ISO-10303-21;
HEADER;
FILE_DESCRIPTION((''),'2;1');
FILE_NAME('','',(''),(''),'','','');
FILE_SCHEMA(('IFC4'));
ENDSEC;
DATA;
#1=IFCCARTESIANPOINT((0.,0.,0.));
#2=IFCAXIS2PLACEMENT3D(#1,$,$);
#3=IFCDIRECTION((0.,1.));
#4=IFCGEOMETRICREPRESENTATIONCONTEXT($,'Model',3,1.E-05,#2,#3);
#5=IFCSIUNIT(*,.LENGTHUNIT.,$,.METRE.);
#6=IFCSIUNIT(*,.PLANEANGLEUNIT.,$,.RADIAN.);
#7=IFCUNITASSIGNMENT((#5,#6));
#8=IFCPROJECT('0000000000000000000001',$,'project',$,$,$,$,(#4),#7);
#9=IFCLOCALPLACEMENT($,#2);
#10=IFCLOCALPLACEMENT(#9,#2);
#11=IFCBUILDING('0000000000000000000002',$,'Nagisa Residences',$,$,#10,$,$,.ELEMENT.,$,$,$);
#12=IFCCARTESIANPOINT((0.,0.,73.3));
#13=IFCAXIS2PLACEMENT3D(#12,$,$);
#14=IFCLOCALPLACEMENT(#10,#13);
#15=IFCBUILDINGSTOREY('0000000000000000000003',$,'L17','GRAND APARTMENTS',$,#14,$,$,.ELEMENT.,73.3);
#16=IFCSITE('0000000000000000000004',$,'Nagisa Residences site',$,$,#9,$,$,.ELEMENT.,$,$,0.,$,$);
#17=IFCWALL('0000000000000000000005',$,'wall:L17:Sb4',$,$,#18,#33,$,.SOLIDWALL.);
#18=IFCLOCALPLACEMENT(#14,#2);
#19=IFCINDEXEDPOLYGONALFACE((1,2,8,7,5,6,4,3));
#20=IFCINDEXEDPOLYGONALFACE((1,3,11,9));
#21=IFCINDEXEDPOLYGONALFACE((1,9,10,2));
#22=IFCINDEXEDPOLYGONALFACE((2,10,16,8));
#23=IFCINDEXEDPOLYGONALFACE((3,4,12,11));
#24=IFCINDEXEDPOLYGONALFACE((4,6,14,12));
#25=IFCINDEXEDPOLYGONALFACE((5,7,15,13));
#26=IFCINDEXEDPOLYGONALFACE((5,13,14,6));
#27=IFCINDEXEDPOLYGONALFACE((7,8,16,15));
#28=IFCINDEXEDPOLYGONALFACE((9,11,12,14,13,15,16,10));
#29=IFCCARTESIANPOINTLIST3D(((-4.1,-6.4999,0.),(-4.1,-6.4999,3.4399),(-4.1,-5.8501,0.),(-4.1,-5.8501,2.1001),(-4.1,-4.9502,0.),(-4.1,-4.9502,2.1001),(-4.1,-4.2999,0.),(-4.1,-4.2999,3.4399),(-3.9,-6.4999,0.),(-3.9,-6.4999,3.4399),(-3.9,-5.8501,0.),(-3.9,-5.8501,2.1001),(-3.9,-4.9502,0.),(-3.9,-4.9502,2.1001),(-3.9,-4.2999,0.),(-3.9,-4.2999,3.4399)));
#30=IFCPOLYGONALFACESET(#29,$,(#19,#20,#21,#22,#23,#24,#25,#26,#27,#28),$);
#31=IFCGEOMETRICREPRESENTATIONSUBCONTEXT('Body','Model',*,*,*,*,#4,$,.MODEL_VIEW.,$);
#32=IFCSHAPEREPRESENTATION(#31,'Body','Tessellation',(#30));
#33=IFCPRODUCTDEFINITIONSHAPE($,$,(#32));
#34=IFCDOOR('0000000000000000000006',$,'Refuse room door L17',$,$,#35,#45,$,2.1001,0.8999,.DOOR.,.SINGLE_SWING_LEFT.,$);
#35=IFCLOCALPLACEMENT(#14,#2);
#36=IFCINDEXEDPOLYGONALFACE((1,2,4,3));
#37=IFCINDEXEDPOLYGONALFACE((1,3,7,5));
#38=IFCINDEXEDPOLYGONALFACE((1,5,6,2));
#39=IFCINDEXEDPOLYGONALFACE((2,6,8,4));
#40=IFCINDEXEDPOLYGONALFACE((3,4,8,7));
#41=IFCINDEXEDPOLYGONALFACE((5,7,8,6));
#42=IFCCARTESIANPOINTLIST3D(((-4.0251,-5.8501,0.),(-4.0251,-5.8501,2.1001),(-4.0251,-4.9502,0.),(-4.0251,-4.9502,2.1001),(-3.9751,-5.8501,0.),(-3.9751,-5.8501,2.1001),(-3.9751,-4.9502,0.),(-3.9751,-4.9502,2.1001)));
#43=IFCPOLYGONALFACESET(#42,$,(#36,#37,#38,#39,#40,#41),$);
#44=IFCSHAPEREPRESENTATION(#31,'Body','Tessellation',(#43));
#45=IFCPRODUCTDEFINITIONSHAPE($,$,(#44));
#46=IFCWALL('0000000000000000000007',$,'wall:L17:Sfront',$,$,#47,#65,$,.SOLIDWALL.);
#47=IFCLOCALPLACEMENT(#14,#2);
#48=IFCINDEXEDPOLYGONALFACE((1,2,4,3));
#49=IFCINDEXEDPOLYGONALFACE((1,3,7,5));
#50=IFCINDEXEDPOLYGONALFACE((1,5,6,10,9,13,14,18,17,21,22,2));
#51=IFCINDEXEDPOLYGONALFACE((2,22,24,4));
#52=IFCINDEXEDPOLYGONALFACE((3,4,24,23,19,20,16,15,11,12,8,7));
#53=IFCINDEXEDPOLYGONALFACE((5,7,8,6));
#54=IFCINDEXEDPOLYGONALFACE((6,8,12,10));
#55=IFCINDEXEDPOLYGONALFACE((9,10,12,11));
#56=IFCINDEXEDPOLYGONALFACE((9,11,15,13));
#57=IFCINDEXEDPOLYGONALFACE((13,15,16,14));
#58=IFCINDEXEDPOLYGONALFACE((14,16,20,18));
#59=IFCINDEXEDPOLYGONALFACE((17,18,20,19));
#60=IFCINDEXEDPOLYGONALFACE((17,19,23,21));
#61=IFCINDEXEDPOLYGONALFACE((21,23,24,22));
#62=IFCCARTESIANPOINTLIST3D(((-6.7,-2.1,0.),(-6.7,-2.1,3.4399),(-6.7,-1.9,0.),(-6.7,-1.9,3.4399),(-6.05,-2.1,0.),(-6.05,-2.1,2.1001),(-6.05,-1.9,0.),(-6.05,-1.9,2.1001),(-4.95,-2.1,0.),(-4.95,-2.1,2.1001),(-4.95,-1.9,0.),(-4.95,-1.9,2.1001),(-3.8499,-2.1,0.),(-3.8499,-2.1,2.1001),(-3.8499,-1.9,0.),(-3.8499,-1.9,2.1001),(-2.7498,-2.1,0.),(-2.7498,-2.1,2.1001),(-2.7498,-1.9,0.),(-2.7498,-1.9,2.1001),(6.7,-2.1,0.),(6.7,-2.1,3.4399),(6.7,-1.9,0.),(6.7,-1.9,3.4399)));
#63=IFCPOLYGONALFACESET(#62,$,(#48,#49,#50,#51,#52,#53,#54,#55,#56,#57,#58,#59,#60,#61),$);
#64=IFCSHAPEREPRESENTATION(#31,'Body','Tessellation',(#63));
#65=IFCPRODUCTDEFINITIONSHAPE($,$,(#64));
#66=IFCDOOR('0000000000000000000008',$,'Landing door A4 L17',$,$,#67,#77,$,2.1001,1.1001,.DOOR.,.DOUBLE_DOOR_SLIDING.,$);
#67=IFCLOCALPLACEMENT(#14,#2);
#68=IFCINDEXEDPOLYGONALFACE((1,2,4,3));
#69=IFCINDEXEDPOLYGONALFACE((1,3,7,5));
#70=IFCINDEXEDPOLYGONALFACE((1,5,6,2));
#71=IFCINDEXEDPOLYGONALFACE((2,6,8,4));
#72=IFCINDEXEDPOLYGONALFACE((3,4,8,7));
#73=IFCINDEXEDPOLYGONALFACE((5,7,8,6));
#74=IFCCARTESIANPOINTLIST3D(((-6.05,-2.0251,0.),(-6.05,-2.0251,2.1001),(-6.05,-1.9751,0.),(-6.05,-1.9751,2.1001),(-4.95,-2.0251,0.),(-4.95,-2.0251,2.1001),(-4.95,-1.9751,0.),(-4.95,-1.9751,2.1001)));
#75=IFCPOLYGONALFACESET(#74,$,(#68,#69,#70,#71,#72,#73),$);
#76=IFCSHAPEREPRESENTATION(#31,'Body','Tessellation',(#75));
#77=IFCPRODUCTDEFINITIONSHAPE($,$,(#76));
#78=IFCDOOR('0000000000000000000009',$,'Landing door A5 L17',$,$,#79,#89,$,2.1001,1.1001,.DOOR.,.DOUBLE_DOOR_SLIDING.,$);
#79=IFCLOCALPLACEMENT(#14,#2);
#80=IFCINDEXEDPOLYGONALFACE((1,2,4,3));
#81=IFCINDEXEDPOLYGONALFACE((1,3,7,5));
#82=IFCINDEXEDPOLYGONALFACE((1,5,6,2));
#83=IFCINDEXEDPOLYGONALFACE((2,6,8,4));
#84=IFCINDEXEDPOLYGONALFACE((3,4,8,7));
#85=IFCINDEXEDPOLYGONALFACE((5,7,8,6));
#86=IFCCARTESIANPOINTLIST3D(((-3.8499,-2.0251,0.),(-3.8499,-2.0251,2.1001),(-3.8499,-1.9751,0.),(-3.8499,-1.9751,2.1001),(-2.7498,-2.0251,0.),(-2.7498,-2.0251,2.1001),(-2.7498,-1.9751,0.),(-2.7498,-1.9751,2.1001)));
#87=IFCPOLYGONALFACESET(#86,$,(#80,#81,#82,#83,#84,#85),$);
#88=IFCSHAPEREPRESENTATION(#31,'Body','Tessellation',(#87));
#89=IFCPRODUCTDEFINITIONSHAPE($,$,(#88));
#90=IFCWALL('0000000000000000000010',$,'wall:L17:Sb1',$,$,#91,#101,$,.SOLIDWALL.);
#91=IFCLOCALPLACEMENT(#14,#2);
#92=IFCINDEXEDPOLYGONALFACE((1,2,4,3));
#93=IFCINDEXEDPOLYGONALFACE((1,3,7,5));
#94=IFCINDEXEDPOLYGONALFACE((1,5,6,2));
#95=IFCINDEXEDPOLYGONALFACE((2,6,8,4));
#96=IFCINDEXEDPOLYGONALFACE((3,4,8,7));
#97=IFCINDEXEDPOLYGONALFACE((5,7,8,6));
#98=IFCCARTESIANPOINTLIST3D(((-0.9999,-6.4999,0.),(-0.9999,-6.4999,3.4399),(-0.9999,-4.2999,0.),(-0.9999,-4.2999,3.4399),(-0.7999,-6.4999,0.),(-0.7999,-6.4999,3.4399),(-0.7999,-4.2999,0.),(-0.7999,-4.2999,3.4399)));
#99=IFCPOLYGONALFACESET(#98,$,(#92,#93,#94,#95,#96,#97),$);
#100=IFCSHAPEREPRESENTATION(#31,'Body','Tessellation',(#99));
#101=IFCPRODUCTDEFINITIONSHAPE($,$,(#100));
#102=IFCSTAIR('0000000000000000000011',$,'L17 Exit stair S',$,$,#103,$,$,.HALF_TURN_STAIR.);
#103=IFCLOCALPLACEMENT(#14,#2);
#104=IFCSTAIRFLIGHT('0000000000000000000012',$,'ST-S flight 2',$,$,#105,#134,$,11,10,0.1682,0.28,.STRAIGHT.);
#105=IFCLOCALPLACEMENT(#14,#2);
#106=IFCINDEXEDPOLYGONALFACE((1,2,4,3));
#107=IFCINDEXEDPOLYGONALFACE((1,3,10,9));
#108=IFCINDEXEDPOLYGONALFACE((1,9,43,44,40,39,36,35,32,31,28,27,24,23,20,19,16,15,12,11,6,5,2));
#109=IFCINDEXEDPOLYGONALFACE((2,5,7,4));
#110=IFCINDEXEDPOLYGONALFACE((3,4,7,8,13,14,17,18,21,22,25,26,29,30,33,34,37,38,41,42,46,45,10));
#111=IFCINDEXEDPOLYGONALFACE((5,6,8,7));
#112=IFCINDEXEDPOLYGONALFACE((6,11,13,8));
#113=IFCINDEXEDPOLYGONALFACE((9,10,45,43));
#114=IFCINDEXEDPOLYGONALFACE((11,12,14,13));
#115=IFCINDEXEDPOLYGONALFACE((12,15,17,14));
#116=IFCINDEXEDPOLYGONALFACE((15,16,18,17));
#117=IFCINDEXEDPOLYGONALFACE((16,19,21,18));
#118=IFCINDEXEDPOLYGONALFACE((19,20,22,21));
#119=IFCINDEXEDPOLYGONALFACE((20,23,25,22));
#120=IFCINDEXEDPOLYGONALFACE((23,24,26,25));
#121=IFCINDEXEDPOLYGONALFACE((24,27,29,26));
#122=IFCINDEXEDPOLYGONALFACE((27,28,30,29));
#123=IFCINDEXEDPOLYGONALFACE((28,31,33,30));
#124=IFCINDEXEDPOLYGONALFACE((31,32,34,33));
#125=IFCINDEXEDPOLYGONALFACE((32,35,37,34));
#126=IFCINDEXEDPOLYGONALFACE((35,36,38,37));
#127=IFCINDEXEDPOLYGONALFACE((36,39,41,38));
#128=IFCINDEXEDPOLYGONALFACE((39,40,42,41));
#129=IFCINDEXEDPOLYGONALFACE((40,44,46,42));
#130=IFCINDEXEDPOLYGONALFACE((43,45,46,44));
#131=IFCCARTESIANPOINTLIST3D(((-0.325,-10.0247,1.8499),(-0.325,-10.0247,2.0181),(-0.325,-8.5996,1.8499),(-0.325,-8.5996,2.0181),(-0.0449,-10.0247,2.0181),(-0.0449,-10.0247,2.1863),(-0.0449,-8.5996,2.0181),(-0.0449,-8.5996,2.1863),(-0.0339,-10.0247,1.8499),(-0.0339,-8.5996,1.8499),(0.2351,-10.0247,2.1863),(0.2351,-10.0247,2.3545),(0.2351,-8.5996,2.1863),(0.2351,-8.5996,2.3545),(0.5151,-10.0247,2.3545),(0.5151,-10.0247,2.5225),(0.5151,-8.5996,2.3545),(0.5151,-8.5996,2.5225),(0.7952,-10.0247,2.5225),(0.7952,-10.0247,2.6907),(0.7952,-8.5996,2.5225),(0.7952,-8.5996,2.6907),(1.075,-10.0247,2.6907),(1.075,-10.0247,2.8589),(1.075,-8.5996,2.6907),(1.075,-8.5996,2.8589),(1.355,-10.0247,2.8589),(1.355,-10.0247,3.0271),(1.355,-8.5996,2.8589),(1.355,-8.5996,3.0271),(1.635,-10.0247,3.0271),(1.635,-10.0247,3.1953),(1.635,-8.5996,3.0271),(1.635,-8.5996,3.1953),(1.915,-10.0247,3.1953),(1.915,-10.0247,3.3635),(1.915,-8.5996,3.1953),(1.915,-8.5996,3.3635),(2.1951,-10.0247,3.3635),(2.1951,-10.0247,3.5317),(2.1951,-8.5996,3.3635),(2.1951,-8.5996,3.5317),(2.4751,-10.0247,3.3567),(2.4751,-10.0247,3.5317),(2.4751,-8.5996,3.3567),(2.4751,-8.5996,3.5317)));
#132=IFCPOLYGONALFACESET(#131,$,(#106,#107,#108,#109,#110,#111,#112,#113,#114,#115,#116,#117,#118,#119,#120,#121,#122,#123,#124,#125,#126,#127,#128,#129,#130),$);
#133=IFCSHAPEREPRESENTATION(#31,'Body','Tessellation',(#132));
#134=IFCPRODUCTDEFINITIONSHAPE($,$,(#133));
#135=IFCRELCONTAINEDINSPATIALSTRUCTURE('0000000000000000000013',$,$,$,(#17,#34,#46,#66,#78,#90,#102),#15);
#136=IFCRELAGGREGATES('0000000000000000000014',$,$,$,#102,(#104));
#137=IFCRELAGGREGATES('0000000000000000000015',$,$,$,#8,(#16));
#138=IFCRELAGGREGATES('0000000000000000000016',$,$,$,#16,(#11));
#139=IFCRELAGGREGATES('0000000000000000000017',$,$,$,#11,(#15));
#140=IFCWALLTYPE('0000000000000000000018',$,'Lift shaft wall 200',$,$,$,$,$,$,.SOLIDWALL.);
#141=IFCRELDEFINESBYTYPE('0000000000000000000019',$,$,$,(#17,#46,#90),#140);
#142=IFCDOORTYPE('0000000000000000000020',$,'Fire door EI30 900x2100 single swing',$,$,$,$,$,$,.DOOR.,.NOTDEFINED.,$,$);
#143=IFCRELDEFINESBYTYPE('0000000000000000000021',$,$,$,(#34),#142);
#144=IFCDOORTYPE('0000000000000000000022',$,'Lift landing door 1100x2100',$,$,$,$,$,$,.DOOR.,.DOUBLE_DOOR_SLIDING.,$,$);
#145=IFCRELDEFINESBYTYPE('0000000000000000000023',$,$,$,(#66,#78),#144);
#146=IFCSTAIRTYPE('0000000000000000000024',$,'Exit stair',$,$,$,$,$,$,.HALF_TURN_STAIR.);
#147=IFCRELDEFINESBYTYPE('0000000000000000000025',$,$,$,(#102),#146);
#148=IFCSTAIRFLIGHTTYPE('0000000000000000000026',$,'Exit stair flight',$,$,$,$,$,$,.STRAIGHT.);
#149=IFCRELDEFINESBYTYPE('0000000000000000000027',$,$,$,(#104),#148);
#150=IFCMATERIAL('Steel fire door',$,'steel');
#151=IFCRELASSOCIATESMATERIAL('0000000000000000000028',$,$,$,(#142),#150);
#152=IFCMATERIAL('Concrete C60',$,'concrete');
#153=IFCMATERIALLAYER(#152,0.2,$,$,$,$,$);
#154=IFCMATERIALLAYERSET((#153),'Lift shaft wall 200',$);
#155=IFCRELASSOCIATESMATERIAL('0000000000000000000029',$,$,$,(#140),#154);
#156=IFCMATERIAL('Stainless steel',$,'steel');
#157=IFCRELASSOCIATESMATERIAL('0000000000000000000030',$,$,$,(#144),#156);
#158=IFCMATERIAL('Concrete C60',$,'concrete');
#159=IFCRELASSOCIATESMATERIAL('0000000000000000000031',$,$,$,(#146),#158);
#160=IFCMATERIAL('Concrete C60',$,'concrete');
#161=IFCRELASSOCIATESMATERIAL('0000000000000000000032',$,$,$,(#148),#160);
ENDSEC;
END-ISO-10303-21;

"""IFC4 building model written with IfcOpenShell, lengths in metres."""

from ifc_helpers import new_model, si_unit, direction, frame, frame_2d, origin, place, context, subcontext, project, spatial, polyline, rectangle, outline, extrude, material, layer, layer_set, type_object, element, fill, aggregate, save


model = new_model("IFC4")

# Units and contexts
model_context = context("Model", 3, precision=1e-05, world=origin(), true_north=direction((0.0, 1.0)))
body_context = subcontext(model_context, "Body", "Model", "MODEL_VIEW")
ifc_project = project(units=[si_unit("LENGTHUNIT", "METRE"), si_unit("PLANEANGLEUNIT", "RADIAN")], contexts=[model_context])

# Site, building, storey
site_placement = place(None, origin())
site = spatial("IfcSite", under=ifc_project, at=site_placement, Name="Nagisa Residences site", CompositionType="ELEMENT", RefElevation=0.0)
building_placement = place(site_placement, origin())
building = spatial("IfcBuilding", under=site, at=building_placement, Name="Nagisa Residences", CompositionType="ELEMENT")
storey_placement = place(building_placement, frame((0.0, 0.0, 73.3)))
storey = spatial("IfcBuildingStorey", under=building, at=storey_placement, Name="L17", Description="GRAND APARTMENTS", CompositionType="ELEMENT", Elevation=73.3)

# Shared definitions
ifc_material_1 = material(Name="Steel fire door", Category="steel")
door_type_1 = type_object("IfcDoorType", Name="Fire door EI30 900x2100 single swing", OperationType="NOTDEFINED", PredefinedType="DOOR", material=ifc_material_1)

# Wall, opening, door
ifc_material_2 = material(Name="Concrete C60", Category="concrete")
ifc_layer_1 = layer(ifc_material_2, 0.2)
ifc_layer_set_1 = layer_set([ifc_layer_1], Name="Lift shaft wall 200")
wall_type_1 = type_object("IfcWallType", Name="Lift shaft wall 200", PredefinedType="SOLIDWALL", material=ifc_layer_set_1)
wall_1_placement = place(storey_placement, frame((-4.0, -6.5, 0.0), z_axis=(0.0, 0.0, 1.0), x_axis=(0.0, 1.0, 0.0)))
wall_1 = element("IfcWall", 1, at=wall_1_placement, inside=storey, type_object=wall_type_1, Name="wall:L17:Sb4", PredefinedType="SOLIDWALL", context=body_context, shape_type="SweptSolid", body=[
    extrude(rectangle(XDim=2.2, YDim=0.2, at=frame_2d((1.1001, 0.0))), origin(), (0.0, 0.0, 1.0), 3.4399),
])
opening_1_placement = place(wall_1_placement, frame((0.6499, 0.0, 0.0)))
opening_1 = element("IfcOpeningElement", 2, at=opening_1_placement, cuts=wall_1, PredefinedType="OPENING", context=body_context, shape_type="SweptSolid", body=[
    extrude(rectangle(XDim=0.8999, YDim=2.1001, at=frame_2d((0.45, 1.05))), frame((0.0, 0.1099, 0.0), z_axis=(0.0, -1.0, 0.0), x_axis=(1.0, 0.0, 0.0)), (0.0, 0.0, 1.0), 0.22),
])
door_1_placement = place(opening_1_placement, frame((0.8999, 0.0, 0.0), x_axis=(-1.0, 0.0, 0.0)))
door_1 = element("IfcDoor", 3, at=door_1_placement, inside=storey, type_object=door_type_1, Name="Refuse room door L17", OperationType="SINGLE_SWING_LEFT", OverallHeight=2.1001, OverallWidth=0.8999, PredefinedType="DOOR", context=body_context, shape_type="SweptSolid", body=[
    extrude(rectangle(XDim=0.8999, YDim=2.1001, at=frame_2d((0.45, 1.05))), frame((0.0, 0.0249, 0.0), z_axis=(0.0, -1.0, 0.0), x_axis=(1.0, 0.0, 0.0)), (0.0, 0.0, 1.0), 0.05),
])
fill(opening_1, door_1)

# Wall, openings, doors
wall_2_placement = place(storey_placement, frame((-6.7, -2.0, 0.0), z_axis=(0.0, 0.0, 1.0), x_axis=(1.0, 0.0, 0.0)))
wall_2 = element("IfcWall", 4, at=wall_2_placement, inside=storey, type_object=wall_type_1, Name="wall:L17:Sfront", PredefinedType="SOLIDWALL", context=body_context, shape_type="SweptSolid", body=[
    extrude(rectangle(XDim=13.3999, YDim=0.2, at=frame_2d((6.7, 0.0))), origin(), (0.0, 0.0, 1.0), 3.4399),
])
opening_2_placement = place(wall_2_placement, frame((0.6499, 0.0, 0.0)))
opening_2 = element("IfcOpeningElement", 5, at=opening_2_placement, cuts=wall_2, PredefinedType="OPENING", context=body_context, shape_type="SweptSolid", body=[
    extrude(rectangle(XDim=1.1001, YDim=2.1001, at=frame_2d((0.55, 1.05))), frame((0.0, 0.1099, 0.0), z_axis=(0.0, -1.0, 0.0), x_axis=(1.0, 0.0, 0.0)), (0.0, 0.0, 1.0), 0.22),
])
opening_3_placement = place(wall_2_placement, frame((2.8501, 0.0, 0.0)))
opening_3 = element("IfcOpeningElement", 6, at=opening_3_placement, cuts=wall_2, PredefinedType="OPENING", context=body_context, shape_type="SweptSolid", body=[
    extrude(rectangle(XDim=1.1001, YDim=2.1001, at=frame_2d((0.55, 1.05))), frame((0.0, 0.1099, 0.0), z_axis=(0.0, -1.0, 0.0), x_axis=(1.0, 0.0, 0.0)), (0.0, 0.0, 1.0), 0.22),
])
ifc_material_3 = material(Name="Stainless steel", Category="steel")
door_type_2 = type_object("IfcDoorType", Name="Lift landing door 1100x2100", OperationType="DOUBLE_DOOR_SLIDING", PredefinedType="DOOR", material=ifc_material_3)
door_2_placement = place(opening_2_placement, origin())
door_2 = element("IfcDoor", 7, at=door_2_placement, inside=storey, type_object=door_type_2, Name="Landing door A4 L17", OperationType="DOUBLE_DOOR_SLIDING", OverallHeight=2.1001, OverallWidth=1.1001, PredefinedType="DOOR", context=body_context, shape_type="SweptSolid", body=[
    extrude(rectangle(XDim=1.1001, YDim=2.1001, at=frame_2d((0.55, 1.05))), frame((0.0, 0.0249, 0.0), z_axis=(0.0, -1.0, 0.0), x_axis=(1.0, 0.0, 0.0)), (0.0, 0.0, 1.0), 0.05),
])
fill(opening_2, door_2)
door_3_placement = place(opening_3_placement, origin())
door_3 = element("IfcDoor", 8, at=door_3_placement, inside=storey, type_object=door_type_2, Name="Landing door A5 L17", OperationType="DOUBLE_DOOR_SLIDING", OverallHeight=2.1001, OverallWidth=1.1001, PredefinedType="DOOR", context=body_context, shape_type="SweptSolid", body=[
    extrude(rectangle(XDim=1.1001, YDim=2.1001, at=frame_2d((0.55, 1.05))), frame((0.0, 0.0249, 0.0), z_axis=(0.0, -1.0, 0.0), x_axis=(1.0, 0.0, 0.0)), (0.0, 0.0, 1.0), 0.05),
])
fill(opening_3, door_3)

# Wall
wall_3_placement = place(storey_placement, frame((-0.8999, -6.5, 0.0), z_axis=(0.0, 0.0, 1.0), x_axis=(0.0, 1.0, 0.0)))
element("IfcWall", 9, at=wall_3_placement, inside=storey, type_object=wall_type_1, Name="wall:L17:Sb1", PredefinedType="SOLIDWALL", context=body_context, shape_type="SweptSolid", body=[
    extrude(rectangle(XDim=2.2, YDim=0.2, at=frame_2d((1.1001, 0.0))), origin(), (0.0, 0.0, 1.0), 3.4399),
])

# Stair, stair flight
ifc_material_4 = material(Name="Concrete C60", Category="concrete")
stair_type = type_object("IfcStairType", Name="Exit stair", PredefinedType="HALF_TURN_STAIR", material=ifc_material_4)
stair_placement = place(storey_placement, origin())
stair = element("IfcStair", 10, at=stair_placement, inside=storey, type_object=stair_type, Name="L17 Exit stair S", PredefinedType="HALF_TURN_STAIR")
ifc_material_5 = material(Name="Concrete C60", Category="concrete")
stair_flight_type = type_object("IfcStairFlightType", Name="Exit stair flight", PredefinedType="STRAIGHT", material=ifc_material_5)
stair_flight_placement = place(storey_placement, frame((-0.325, -9.312, 1.8499), z_axis=(0.0, 0.0, 1.0), x_axis=(1.0, 0.0, 0.0)))
stair_flight = element("IfcStairFlight", 11, at=stair_flight_placement, type_object=stair_flight_type, Name="ST-S flight 2", NumberOfRisers=11, NumberOfTreads=10, PredefinedType="STRAIGHT", RiserHeight=0.1682, TreadLength=0.28, context=body_context, shape_type="SweptSolid", body=[
    extrude(outline(polyline([(0.0, 0.0), (0.0, 0.1682), (0.28, 0.1682), (0.28, 0.3364), (0.5601, 0.3364), (0.5601, 0.5046), (0.8401, 0.5046), (0.8401, 0.6726), (1.1201, 0.6726), (1.1201, 0.8408), (1.3999, 0.8408), (1.3999, 1.009), (1.6799, 1.009), (1.6799, 1.1772), (1.96, 1.1772), (1.96, 1.3455), (2.24, 1.3455), (2.24, 1.5137), (2.52, 1.5137), (2.52, 1.6819), (2.8, 1.6819), (2.8, 1.8501), (2.8, 1.5068), (0.291, 0.0), (0.0, 0.0)])), frame((0.0, 0.7124, 0.0), z_axis=(0.0, -1.0, 0.0), x_axis=(1.0, 0.0, 0.0)), (0.0, 0.0, 1.0), 1.425),
])
aggregate(stair, [stair_flight])

save(model, "model.ifc")
